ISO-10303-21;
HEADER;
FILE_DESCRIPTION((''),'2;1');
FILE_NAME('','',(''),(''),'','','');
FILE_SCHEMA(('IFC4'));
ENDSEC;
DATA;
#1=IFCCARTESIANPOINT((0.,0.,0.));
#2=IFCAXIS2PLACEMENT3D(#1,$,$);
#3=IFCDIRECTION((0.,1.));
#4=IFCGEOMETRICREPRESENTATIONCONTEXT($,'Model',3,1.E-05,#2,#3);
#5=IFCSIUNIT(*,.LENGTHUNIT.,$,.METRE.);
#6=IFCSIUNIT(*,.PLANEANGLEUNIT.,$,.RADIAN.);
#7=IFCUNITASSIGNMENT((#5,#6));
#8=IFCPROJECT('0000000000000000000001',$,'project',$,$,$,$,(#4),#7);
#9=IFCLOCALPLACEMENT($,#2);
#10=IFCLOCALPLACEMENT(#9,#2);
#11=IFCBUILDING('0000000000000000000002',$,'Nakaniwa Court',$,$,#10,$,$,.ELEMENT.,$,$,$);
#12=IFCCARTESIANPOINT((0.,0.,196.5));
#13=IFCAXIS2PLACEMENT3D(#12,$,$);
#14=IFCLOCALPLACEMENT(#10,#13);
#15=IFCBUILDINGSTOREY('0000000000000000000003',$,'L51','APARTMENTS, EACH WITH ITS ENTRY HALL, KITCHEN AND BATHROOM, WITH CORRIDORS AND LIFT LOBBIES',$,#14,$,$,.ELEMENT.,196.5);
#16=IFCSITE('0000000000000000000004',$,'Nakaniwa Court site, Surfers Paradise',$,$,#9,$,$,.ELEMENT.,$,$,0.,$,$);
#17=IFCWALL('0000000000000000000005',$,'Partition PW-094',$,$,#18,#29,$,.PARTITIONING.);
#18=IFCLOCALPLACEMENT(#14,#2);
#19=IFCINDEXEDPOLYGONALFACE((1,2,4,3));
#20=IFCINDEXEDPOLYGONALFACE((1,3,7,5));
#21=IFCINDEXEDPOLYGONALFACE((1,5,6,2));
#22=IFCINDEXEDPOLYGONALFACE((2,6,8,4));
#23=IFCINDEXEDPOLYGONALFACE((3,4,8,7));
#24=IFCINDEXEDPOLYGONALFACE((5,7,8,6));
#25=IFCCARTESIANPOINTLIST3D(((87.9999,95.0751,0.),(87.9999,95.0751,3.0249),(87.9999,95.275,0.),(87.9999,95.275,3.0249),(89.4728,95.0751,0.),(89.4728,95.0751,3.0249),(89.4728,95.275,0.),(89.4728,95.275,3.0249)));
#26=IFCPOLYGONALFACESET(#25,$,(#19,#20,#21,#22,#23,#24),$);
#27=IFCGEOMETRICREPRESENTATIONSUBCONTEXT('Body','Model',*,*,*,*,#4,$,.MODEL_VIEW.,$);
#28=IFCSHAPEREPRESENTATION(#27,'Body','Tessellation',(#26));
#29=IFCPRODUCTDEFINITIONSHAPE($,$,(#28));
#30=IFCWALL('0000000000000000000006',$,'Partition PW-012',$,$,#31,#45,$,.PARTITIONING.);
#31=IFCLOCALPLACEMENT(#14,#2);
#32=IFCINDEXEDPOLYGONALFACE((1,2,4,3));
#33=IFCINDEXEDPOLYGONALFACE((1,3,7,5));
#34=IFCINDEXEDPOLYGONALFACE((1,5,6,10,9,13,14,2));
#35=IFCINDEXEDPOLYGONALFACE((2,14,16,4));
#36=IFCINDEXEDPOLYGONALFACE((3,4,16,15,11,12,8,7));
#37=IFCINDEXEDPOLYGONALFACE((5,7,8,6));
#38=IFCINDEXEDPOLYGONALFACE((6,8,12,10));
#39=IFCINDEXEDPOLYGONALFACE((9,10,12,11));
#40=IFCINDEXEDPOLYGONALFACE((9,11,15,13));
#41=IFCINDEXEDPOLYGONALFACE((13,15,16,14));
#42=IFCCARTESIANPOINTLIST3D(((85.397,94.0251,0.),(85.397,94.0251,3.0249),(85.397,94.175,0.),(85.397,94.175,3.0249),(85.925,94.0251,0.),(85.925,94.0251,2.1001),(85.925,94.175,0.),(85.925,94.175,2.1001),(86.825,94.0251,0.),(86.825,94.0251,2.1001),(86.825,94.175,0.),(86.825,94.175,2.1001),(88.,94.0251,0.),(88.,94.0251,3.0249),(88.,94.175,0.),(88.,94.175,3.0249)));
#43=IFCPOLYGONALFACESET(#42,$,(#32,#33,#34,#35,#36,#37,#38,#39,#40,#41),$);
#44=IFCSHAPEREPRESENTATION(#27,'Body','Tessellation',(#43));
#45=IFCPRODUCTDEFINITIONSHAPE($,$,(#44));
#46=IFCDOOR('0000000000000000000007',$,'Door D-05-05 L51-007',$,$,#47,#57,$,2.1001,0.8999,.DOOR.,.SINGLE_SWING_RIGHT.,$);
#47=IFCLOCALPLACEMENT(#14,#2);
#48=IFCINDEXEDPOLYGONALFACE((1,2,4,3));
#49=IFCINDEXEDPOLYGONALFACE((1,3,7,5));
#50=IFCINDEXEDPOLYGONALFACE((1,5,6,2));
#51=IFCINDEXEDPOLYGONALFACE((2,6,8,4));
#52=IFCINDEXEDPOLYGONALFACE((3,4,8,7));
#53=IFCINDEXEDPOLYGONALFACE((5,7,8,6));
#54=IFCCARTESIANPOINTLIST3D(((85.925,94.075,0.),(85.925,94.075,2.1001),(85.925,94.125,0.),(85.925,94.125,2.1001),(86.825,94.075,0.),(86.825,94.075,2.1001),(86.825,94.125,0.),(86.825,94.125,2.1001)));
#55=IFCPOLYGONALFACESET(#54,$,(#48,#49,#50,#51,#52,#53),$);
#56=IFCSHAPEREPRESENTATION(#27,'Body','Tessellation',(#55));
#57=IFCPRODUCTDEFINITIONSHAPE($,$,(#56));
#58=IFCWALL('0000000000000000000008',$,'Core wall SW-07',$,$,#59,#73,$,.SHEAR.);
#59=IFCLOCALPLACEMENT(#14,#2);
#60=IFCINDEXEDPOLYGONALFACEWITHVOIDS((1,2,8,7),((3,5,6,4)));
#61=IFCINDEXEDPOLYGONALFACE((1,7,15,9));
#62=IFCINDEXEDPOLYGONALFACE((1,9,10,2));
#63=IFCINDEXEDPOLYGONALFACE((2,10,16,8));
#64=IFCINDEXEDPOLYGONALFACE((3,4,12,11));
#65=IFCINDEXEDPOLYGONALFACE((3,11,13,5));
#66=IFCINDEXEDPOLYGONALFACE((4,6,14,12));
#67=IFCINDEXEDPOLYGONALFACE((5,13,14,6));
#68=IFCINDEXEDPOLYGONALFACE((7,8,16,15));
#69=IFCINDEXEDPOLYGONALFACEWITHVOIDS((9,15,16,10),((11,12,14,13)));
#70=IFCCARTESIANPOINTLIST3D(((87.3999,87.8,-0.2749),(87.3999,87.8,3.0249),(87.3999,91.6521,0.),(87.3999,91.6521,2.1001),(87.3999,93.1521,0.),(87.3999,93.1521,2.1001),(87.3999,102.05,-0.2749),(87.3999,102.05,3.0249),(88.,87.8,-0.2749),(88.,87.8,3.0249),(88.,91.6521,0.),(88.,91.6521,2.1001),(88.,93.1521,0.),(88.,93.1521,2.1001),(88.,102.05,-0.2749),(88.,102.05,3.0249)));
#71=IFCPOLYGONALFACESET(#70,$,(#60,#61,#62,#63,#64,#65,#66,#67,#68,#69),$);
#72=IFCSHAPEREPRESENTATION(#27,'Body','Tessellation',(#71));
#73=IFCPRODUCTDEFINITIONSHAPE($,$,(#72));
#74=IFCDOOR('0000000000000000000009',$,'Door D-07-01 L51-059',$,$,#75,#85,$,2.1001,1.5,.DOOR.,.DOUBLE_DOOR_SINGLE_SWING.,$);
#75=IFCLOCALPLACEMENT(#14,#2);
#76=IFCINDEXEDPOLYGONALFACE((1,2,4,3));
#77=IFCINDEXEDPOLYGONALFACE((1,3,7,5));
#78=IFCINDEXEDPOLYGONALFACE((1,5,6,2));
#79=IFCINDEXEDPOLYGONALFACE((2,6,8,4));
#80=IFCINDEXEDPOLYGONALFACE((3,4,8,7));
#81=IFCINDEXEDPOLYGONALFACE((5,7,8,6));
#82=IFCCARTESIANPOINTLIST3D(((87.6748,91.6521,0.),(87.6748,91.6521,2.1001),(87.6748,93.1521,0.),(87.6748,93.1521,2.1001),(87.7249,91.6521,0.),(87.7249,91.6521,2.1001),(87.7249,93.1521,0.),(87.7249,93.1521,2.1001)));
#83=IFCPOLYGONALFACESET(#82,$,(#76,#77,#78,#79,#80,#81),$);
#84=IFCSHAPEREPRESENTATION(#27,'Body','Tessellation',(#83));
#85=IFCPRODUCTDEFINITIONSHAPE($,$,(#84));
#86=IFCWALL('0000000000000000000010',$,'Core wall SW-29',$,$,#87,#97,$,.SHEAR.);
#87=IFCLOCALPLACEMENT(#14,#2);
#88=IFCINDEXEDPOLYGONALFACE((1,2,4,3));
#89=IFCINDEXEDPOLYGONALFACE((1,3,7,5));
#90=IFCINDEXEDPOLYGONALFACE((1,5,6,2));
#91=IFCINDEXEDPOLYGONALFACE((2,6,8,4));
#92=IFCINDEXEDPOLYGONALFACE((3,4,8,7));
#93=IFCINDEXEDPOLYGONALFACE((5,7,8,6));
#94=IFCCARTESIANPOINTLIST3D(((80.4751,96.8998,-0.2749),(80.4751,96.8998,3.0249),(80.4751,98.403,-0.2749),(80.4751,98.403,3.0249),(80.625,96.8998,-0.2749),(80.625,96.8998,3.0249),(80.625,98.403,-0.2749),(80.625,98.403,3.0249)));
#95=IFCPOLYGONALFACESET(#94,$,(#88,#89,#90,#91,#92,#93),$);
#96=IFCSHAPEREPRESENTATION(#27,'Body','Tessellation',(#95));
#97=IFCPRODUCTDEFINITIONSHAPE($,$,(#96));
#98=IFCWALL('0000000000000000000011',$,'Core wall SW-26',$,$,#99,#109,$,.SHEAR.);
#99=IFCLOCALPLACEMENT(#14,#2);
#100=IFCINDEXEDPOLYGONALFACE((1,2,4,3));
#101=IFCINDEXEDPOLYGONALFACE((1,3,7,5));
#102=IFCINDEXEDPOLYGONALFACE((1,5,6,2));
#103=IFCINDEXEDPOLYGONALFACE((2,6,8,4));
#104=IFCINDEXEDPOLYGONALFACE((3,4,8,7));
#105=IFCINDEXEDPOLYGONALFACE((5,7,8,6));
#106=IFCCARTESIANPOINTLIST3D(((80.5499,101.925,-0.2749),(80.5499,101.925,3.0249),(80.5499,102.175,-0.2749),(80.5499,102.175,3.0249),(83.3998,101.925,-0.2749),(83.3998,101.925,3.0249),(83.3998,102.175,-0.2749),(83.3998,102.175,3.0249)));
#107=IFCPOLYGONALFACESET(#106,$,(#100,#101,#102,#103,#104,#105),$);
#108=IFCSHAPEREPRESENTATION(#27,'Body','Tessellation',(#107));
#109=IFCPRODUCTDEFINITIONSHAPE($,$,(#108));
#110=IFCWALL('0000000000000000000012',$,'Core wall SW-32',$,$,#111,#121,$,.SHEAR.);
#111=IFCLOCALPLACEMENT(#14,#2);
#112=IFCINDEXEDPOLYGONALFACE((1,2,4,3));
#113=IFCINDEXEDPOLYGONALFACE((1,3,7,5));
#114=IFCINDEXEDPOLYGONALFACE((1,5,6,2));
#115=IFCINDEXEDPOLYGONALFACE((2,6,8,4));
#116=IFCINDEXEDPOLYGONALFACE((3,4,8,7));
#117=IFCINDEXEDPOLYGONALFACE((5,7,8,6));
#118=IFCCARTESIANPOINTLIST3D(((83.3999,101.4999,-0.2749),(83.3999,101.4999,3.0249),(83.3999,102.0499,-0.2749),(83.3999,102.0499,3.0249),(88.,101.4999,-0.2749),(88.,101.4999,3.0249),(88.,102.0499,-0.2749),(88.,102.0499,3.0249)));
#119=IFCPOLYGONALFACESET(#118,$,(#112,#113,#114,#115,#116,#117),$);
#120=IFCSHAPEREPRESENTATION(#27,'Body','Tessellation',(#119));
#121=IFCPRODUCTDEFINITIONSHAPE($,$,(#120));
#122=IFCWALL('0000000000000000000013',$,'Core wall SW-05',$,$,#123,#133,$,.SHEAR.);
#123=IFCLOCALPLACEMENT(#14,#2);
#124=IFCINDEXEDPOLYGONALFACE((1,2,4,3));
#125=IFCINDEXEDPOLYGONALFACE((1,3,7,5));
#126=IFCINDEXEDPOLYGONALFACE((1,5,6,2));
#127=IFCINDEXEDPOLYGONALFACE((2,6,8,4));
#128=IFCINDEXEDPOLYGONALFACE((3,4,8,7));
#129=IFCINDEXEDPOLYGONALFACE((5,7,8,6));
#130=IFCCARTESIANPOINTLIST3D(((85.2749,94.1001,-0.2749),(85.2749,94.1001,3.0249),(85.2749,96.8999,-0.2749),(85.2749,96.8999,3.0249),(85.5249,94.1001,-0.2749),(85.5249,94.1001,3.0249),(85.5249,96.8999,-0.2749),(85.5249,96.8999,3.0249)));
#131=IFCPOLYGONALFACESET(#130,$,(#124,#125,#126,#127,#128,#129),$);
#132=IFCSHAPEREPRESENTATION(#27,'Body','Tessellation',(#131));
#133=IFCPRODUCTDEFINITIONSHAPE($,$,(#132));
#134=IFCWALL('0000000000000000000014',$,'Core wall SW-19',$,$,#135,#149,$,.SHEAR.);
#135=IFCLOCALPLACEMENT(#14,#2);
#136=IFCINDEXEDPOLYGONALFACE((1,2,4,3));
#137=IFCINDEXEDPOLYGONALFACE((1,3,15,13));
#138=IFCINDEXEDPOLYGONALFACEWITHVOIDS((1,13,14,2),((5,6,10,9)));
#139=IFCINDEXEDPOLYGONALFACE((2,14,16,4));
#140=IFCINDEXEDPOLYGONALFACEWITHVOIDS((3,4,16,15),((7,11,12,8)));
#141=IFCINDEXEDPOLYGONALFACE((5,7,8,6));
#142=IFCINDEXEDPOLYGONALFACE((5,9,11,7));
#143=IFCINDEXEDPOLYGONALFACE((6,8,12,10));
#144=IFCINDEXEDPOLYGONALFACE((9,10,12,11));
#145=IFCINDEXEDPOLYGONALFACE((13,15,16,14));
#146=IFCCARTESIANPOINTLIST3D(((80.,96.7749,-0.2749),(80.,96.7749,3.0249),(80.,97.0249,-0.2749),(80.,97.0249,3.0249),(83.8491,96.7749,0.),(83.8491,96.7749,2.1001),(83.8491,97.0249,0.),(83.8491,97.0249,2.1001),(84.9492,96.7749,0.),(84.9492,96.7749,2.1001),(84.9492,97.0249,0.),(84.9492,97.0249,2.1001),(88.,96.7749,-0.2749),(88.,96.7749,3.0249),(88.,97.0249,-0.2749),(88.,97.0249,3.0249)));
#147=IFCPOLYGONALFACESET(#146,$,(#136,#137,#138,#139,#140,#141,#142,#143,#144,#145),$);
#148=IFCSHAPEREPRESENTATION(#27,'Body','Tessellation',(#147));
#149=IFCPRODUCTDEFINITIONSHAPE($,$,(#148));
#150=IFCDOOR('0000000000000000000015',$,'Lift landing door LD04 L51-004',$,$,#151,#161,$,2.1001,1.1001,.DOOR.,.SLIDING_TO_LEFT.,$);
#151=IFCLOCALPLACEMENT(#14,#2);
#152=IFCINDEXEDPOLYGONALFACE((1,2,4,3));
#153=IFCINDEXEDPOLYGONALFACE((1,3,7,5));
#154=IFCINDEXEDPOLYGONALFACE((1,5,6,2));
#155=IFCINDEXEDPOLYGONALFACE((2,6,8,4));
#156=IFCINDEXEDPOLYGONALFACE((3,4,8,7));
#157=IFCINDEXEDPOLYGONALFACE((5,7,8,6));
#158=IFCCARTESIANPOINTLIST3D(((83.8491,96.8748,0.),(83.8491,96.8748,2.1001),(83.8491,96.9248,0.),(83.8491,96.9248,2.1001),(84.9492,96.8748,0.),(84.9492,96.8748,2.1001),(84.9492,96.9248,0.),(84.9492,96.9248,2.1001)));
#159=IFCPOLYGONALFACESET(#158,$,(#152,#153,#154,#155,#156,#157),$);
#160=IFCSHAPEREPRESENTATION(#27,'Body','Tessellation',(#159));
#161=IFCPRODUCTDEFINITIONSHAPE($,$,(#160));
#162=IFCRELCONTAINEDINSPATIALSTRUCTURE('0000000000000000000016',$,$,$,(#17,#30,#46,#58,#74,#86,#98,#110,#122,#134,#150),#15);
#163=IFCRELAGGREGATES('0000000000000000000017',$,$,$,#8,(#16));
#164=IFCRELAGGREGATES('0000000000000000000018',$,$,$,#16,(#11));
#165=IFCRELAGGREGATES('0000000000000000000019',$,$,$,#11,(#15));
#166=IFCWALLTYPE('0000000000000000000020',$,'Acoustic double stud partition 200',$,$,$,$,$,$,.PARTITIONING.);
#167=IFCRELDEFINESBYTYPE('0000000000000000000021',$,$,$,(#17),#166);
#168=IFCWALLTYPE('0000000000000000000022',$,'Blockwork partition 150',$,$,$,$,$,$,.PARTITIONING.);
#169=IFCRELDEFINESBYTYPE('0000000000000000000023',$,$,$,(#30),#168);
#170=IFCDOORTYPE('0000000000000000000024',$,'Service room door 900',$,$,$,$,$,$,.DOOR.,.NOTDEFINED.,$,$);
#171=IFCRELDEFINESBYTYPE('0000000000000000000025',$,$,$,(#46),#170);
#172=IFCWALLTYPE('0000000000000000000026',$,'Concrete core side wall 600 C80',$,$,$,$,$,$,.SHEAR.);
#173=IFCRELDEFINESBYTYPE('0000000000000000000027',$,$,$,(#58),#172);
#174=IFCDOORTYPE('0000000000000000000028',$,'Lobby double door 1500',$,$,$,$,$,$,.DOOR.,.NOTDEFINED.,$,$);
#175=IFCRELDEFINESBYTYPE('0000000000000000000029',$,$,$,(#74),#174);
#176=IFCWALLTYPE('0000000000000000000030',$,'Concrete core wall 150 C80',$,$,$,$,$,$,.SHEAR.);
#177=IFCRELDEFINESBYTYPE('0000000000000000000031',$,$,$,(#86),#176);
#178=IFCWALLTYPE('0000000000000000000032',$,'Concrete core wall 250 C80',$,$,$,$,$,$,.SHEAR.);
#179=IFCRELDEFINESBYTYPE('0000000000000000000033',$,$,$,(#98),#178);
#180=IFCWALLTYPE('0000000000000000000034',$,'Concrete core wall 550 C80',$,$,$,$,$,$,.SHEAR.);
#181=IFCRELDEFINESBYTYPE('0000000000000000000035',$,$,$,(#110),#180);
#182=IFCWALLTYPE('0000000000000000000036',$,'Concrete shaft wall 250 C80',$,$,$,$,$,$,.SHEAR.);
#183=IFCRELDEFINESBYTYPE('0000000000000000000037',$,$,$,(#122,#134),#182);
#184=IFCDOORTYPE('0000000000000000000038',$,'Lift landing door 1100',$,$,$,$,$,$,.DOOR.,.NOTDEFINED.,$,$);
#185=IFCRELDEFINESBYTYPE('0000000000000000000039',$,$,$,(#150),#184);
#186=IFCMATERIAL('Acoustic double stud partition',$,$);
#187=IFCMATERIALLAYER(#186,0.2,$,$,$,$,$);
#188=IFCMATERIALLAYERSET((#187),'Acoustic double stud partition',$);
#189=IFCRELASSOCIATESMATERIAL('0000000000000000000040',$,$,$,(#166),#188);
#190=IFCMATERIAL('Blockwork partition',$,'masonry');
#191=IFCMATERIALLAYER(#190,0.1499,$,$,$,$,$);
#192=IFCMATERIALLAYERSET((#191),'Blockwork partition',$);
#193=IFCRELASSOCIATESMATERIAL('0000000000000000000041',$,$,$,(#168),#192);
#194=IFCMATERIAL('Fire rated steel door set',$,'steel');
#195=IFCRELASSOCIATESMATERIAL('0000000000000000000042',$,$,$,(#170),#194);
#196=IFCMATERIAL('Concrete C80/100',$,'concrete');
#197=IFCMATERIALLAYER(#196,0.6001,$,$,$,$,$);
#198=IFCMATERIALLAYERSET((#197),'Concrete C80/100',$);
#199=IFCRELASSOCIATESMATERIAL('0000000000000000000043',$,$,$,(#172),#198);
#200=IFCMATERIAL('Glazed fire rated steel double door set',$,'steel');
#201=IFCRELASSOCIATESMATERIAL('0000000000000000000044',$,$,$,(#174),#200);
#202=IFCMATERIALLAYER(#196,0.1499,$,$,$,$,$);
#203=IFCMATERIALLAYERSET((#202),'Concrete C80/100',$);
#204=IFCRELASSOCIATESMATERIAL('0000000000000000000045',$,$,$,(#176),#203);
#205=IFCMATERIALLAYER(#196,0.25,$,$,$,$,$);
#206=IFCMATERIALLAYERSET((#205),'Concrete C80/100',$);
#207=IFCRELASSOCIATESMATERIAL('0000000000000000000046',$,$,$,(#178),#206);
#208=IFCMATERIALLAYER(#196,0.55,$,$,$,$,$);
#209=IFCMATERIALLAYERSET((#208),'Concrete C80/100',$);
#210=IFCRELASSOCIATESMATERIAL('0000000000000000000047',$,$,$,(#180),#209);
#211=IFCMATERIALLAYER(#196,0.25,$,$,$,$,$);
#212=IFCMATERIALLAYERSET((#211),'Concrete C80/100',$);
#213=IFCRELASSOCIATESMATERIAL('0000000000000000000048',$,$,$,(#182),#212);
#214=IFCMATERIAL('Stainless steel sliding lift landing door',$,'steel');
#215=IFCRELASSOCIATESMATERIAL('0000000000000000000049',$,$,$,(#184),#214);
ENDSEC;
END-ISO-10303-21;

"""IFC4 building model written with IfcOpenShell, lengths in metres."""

from ifc_helpers import new_model, si_unit, direction, frame, frame_2d, origin, place, context, subcontext, project, spatial, rectangle, extrude, material, layer, layer_set, type_object, element, fill, save


model = new_model("IFC4")

# Units and contexts
model_context = context("Model", 3, precision=1e-05, world=origin(), true_north=direction((0.0, 1.0)))
body_context = subcontext(model_context, "Body", "Model", "MODEL_VIEW")
ifc_project = project(units=[si_unit("LENGTHUNIT", "METRE"), si_unit("PLANEANGLEUNIT", "RADIAN")], contexts=[model_context])

# Site, building, storey
site_placement = place(None, origin())
site = spatial("IfcSite", under=ifc_project, at=site_placement, Name="Nakaniwa Court site, Surfers Paradise", CompositionType="ELEMENT", RefElevation=0.0)
building_placement = place(site_placement, origin())
building = spatial("IfcBuilding", under=site, at=building_placement, Name="Nakaniwa Court", CompositionType="ELEMENT")
storey_placement = place(building_placement, frame((0.0, 0.0, 196.5)))
storey = spatial("IfcBuildingStorey", under=building, at=storey_placement, Name="L51", Description="APARTMENTS, EACH WITH ITS ENTRY HALL, KITCHEN AND BATHROOM, WITH CORRIDORS AND LIFT LOBBIES", CompositionType="ELEMENT", Elevation=196.5)

# Wall
ifc_material_1 = material(Name="Acoustic double stud partition")
ifc_layer_1 = layer(ifc_material_1, 0.2)
ifc_layer_set_1 = layer_set([ifc_layer_1], Name="Acoustic double stud partition")
wall_type_1 = type_object("IfcWallType", Name="Acoustic double stud partition 200", PredefinedType="PARTITIONING", material=ifc_layer_set_1)
wall_1_placement = place(storey_placement, frame((88.0, 95.175, 0.0), z_axis=(0.0, 0.0, 1.0), x_axis=(1.0, 0.0, 0.0)))
element("IfcWall", 1, at=wall_1_placement, inside=storey, type_object=wall_type_1, Name="Partition PW-094", PredefinedType="PARTITIONING", context=body_context, shape_type="SweptSolid", body=[
    extrude(rectangle(XDim=1.4729, YDim=0.2, at=frame_2d((0.7363, 0.0))), origin(), (0.0, 0.0, 1.0), 3.0249),
])

# Walls, openings, doors
ifc_material_2 = material(Name="Blockwork partition", Category="masonry")
ifc_layer_2 = layer(ifc_material_2, 0.1499)
ifc_layer_set_2 = layer_set([ifc_layer_2], Name="Blockwork partition")
wall_type_2 = type_object("IfcWallType", Name="Blockwork partition 150", PredefinedType="PARTITIONING", material=ifc_layer_set_2)
wall_2_placement = place(storey_placement, frame((85.397, 94.1001, 0.0), z_axis=(0.0, 0.0, 1.0), x_axis=(1.0, 0.0, 0.0)))
wall_2 = element("IfcWall", 2, at=wall_2_placement, inside=storey, type_object=wall_type_2, Name="Partition PW-012", PredefinedType="PARTITIONING", context=body_context, shape_type="SweptSolid", body=[
    extrude(rectangle(XDim=2.603, YDim=0.1499, at=frame_2d((1.3015, 0.0))), origin(), (0.0, 0.0, 1.0), 3.0249),
])
opening_1_placement = place(wall_2_placement, frame((0.5281, 0.0, 0.0)))
opening_1 = element("IfcOpeningElement", 3, at=opening_1_placement, cuts=wall_2, PredefinedType="OPENING", context=body_context, shape_type="SweptSolid", body=[
    extrude(rectangle(XDim=0.8999, YDim=2.1001, at=frame_2d((0.45, 1.05))), frame((0.0, 0.085, 0.0), z_axis=(0.0, -1.0, 0.0), x_axis=(1.0, 0.0, 0.0)), (0.0, 0.0, 1.0), 0.1699),
])
ifc_material_3 = material(Name="Fire rated steel door set", Category="steel")
door_type_1 = type_object("IfcDoorType", Name="Service room door 900", OperationType="NOTDEFINED", PredefinedType="DOOR", material=ifc_material_3)
door_1_placement = place(opening_1_placement, origin())
door_1 = element("IfcDoor", 4, at=door_1_placement, inside=storey, type_object=door_type_1, Name="Door D-05-05 L51-007", OperationType="SINGLE_SWING_RIGHT", OverallHeight=2.1001, OverallWidth=0.8999, PredefinedType="DOOR", context=body_context, shape_type="SweptSolid", body=[
    extrude(rectangle(XDim=0.8999, YDim=2.1001, at=frame_2d((0.45, 1.05))), frame((0.0, 0.0249, 0.0), z_axis=(0.0, -1.0, 0.0), x_axis=(1.0, 0.0, 0.0)), (0.0, 0.0, 1.0), 0.05),
])
fill(opening_1, door_1)
ifc_material_4 = material(Name="Concrete C80/100", Category="concrete")
ifc_layer_3 = layer(ifc_material_4, 0.6001)
ifc_layer_set_3 = layer_set([ifc_layer_3], Name="Concrete C80/100")
wall_type_3 = type_object("IfcWallType", Name="Concrete core side wall 600 C80", PredefinedType="SHEAR", material=ifc_layer_set_3)
wall_3_placement = place(storey_placement, frame((87.7, 102.05, -0.2749), z_axis=(0.0, 0.0, 1.0), x_axis=(0.0, -1.0, 0.0)))
wall_3 = element("IfcWall", 5, at=wall_3_placement, inside=storey, type_object=wall_type_3, Name="Core wall SW-07", PredefinedType="SHEAR", context=body_context, shape_type="SweptSolid", body=[
    extrude(rectangle(XDim=14.25, YDim=0.6001, at=frame_2d((7.125, 0.0))), origin(), (0.0, 0.0, 1.0), 3.2998),
])
opening_2_placement = place(wall_3_placement, frame((8.8979, 0.0, 0.2749)))
opening_2 = element("IfcOpeningElement", 6, at=opening_2_placement, cuts=wall_3, PredefinedType="OPENING", context=body_context, shape_type="SweptSolid", body=[
    extrude(rectangle(XDim=1.5, YDim=2.1001, at=frame_2d((0.75, 1.05))), frame((0.0, 0.3101, 0.0), z_axis=(0.0, -1.0, 0.0), x_axis=(1.0, 0.0, 0.0)), (0.0, 0.0, 1.0), 0.6201),
])
ifc_material_5 = material(Name="Glazed fire rated steel double door set", Category="steel")
door_type_2 = type_object("IfcDoorType", Name="Lobby double door 1500", OperationType="NOTDEFINED", PredefinedType="DOOR", material=ifc_material_5)
door_2_placement = place(opening_2_placement, origin())
door_2 = element("IfcDoor", 7, at=door_2_placement, inside=storey, type_object=door_type_2, Name="Door D-07-01 L51-059", OperationType="DOUBLE_DOOR_SINGLE_SWING", OverallHeight=2.1001, OverallWidth=1.5, PredefinedType="DOOR", context=body_context, shape_type="SweptSolid", body=[
    extrude(rectangle(XDim=1.5, YDim=2.1001, at=frame_2d((0.75, 1.05))), frame((0.0, 0.0249, 0.0), z_axis=(0.0, -1.0, 0.0), x_axis=(1.0, 0.0, 0.0)), (0.0, 0.0, 1.0), 0.05),
])
fill(opening_2, door_2)

# Walls
ifc_layer_4 = layer(ifc_material_4, 0.1499)
ifc_layer_set_4 = layer_set([ifc_layer_4], Name="Concrete C80/100")
wall_type_4 = type_object("IfcWallType", Name="Concrete core wall 150 C80", PredefinedType="SHEAR", material=ifc_layer_set_4)
wall_4_placement = place(storey_placement, frame((80.55, 96.8999, -0.2749), z_axis=(0.0, 0.0, 1.0), x_axis=(0.0, 1.0, 0.0)))
element("IfcWall", 8, at=wall_4_placement, inside=storey, type_object=wall_type_4, Name="Core wall SW-29", PredefinedType="SHEAR", context=body_context, shape_type="SweptSolid", body=[
    extrude(rectangle(XDim=1.5032, YDim=0.1499, at=frame_2d((0.7515, 0.0))), origin(), (0.0, 0.0, 1.0), 3.2998),
])
ifc_layer_5 = layer(ifc_material_4, 0.25)
ifc_layer_set_5 = layer_set([ifc_layer_5], Name="Concrete C80/100")
wall_type_5 = type_object("IfcWallType", Name="Concrete core wall 250 C80", PredefinedType="SHEAR", material=ifc_layer_set_5)
wall_5_placement = place(storey_placement, frame((80.55, 102.05, -0.2749), z_axis=(0.0, 0.0, 1.0), x_axis=(1.0, 0.0, 0.0)))
element("IfcWall", 9, at=wall_5_placement, inside=storey, type_object=wall_type_5, Name="Core wall SW-26", PredefinedType="SHEAR", context=body_context, shape_type="SweptSolid", body=[
    extrude(rectangle(XDim=2.8499, YDim=0.25, at=frame_2d((1.4248, 0.0))), origin(), (0.0, 0.0, 1.0), 3.2998),
])
ifc_layer_6 = layer(ifc_material_4, 0.55)
ifc_layer_set_6 = layer_set([ifc_layer_6], Name="Concrete C80/100")
wall_type_6 = type_object("IfcWallType", Name="Concrete core wall 550 C80", PredefinedType="SHEAR", material=ifc_layer_set_6)
wall_6_placement = place(storey_placement, frame((83.3999, 101.7749, -0.2749), z_axis=(0.0, 0.0, 1.0), x_axis=(1.0, 0.0, 0.0)))
element("IfcWall", 10, at=wall_6_placement, inside=storey, type_object=wall_type_6, Name="Core wall SW-32", PredefinedType="SHEAR", context=body_context, shape_type="SweptSolid", body=[
    extrude(rectangle(XDim=4.6001, YDim=0.55, at=frame_2d((2.3, 0.0))), origin(), (0.0, 0.0, 1.0), 3.2998),
])
ifc_layer_7 = layer(ifc_material_4, 0.25)
ifc_layer_set_7 = layer_set([ifc_layer_7], Name="Concrete C80/100")
wall_type_7 = type_object("IfcWallType", Name="Concrete shaft wall 250 C80", PredefinedType="SHEAR", material=ifc_layer_set_7)
wall_7_placement = place(storey_placement, frame((85.3999, 94.1001, -0.2749), z_axis=(0.0, 0.0, 1.0), x_axis=(0.0, 1.0, 0.0)))
element("IfcWall", 11, at=wall_7_placement, inside=storey, type_object=wall_type_7, Name="Core wall SW-05", PredefinedType="SHEAR", context=body_context, shape_type="SweptSolid", body=[
    extrude(rectangle(XDim=2.7998, YDim=0.25, at=frame_2d((1.3999, 0.0))), origin(), (0.0, 0.0, 1.0), 3.2998),
])

# Wall, opening, door
wall_8_placement = place(storey_placement, frame((80.0, 96.8999, -0.2749), z_axis=(0.0, 0.0, 1.0), x_axis=(1.0, 0.0, 0.0)))
wall_8 = element("IfcWall", 12, at=wall_8_placement, inside=storey, type_object=wall_type_7, Name="Core wall SW-19", PredefinedType="SHEAR", context=body_context, shape_type="SweptSolid", body=[
    extrude(rectangle(XDim=8.0, YDim=0.25, at=frame_2d((4.0, 0.0))), origin(), (0.0, 0.0, 1.0), 3.2998),
])
opening_3_placement = place(wall_8_placement, frame((3.8491, 0.0, 0.2749)))
opening_3 = element("IfcOpeningElement", 13, at=opening_3_placement, cuts=wall_8, PredefinedType="OPENING", context=body_context, shape_type="SweptSolid", body=[
    extrude(rectangle(XDim=1.1001, YDim=2.1001, at=frame_2d((0.55, 1.05))), frame((0.0, 0.135, 0.0), z_axis=(0.0, -1.0, 0.0), x_axis=(1.0, 0.0, 0.0)), (0.0, 0.0, 1.0), 0.27),
])
ifc_material_6 = material(Name="Stainless steel sliding lift landing door", Category="steel")
door_type_3 = type_object("IfcDoorType", Name="Lift landing door 1100", OperationType="NOTDEFINED", PredefinedType="DOOR", material=ifc_material_6)
door_3_placement = place(opening_3_placement, origin())
door_3 = element("IfcDoor", 14, at=door_3_placement, inside=storey, type_object=door_type_3, Name="Lift landing door LD04 L51-004", OperationType="SLIDING_TO_LEFT", OverallHeight=2.1001, OverallWidth=1.1001, PredefinedType="DOOR", context=body_context, shape_type="SweptSolid", body=[
    extrude(rectangle(XDim=1.1001, YDim=2.1001, at=frame_2d((0.55, 1.05))), frame((0.0, 0.0249, 0.0), z_axis=(0.0, -1.0, 0.0), x_axis=(1.0, 0.0, 0.0)), (0.0, 0.0, 1.0), 0.05),
])
fill(opening_3, door_3)

save(model, "model.ifc")
